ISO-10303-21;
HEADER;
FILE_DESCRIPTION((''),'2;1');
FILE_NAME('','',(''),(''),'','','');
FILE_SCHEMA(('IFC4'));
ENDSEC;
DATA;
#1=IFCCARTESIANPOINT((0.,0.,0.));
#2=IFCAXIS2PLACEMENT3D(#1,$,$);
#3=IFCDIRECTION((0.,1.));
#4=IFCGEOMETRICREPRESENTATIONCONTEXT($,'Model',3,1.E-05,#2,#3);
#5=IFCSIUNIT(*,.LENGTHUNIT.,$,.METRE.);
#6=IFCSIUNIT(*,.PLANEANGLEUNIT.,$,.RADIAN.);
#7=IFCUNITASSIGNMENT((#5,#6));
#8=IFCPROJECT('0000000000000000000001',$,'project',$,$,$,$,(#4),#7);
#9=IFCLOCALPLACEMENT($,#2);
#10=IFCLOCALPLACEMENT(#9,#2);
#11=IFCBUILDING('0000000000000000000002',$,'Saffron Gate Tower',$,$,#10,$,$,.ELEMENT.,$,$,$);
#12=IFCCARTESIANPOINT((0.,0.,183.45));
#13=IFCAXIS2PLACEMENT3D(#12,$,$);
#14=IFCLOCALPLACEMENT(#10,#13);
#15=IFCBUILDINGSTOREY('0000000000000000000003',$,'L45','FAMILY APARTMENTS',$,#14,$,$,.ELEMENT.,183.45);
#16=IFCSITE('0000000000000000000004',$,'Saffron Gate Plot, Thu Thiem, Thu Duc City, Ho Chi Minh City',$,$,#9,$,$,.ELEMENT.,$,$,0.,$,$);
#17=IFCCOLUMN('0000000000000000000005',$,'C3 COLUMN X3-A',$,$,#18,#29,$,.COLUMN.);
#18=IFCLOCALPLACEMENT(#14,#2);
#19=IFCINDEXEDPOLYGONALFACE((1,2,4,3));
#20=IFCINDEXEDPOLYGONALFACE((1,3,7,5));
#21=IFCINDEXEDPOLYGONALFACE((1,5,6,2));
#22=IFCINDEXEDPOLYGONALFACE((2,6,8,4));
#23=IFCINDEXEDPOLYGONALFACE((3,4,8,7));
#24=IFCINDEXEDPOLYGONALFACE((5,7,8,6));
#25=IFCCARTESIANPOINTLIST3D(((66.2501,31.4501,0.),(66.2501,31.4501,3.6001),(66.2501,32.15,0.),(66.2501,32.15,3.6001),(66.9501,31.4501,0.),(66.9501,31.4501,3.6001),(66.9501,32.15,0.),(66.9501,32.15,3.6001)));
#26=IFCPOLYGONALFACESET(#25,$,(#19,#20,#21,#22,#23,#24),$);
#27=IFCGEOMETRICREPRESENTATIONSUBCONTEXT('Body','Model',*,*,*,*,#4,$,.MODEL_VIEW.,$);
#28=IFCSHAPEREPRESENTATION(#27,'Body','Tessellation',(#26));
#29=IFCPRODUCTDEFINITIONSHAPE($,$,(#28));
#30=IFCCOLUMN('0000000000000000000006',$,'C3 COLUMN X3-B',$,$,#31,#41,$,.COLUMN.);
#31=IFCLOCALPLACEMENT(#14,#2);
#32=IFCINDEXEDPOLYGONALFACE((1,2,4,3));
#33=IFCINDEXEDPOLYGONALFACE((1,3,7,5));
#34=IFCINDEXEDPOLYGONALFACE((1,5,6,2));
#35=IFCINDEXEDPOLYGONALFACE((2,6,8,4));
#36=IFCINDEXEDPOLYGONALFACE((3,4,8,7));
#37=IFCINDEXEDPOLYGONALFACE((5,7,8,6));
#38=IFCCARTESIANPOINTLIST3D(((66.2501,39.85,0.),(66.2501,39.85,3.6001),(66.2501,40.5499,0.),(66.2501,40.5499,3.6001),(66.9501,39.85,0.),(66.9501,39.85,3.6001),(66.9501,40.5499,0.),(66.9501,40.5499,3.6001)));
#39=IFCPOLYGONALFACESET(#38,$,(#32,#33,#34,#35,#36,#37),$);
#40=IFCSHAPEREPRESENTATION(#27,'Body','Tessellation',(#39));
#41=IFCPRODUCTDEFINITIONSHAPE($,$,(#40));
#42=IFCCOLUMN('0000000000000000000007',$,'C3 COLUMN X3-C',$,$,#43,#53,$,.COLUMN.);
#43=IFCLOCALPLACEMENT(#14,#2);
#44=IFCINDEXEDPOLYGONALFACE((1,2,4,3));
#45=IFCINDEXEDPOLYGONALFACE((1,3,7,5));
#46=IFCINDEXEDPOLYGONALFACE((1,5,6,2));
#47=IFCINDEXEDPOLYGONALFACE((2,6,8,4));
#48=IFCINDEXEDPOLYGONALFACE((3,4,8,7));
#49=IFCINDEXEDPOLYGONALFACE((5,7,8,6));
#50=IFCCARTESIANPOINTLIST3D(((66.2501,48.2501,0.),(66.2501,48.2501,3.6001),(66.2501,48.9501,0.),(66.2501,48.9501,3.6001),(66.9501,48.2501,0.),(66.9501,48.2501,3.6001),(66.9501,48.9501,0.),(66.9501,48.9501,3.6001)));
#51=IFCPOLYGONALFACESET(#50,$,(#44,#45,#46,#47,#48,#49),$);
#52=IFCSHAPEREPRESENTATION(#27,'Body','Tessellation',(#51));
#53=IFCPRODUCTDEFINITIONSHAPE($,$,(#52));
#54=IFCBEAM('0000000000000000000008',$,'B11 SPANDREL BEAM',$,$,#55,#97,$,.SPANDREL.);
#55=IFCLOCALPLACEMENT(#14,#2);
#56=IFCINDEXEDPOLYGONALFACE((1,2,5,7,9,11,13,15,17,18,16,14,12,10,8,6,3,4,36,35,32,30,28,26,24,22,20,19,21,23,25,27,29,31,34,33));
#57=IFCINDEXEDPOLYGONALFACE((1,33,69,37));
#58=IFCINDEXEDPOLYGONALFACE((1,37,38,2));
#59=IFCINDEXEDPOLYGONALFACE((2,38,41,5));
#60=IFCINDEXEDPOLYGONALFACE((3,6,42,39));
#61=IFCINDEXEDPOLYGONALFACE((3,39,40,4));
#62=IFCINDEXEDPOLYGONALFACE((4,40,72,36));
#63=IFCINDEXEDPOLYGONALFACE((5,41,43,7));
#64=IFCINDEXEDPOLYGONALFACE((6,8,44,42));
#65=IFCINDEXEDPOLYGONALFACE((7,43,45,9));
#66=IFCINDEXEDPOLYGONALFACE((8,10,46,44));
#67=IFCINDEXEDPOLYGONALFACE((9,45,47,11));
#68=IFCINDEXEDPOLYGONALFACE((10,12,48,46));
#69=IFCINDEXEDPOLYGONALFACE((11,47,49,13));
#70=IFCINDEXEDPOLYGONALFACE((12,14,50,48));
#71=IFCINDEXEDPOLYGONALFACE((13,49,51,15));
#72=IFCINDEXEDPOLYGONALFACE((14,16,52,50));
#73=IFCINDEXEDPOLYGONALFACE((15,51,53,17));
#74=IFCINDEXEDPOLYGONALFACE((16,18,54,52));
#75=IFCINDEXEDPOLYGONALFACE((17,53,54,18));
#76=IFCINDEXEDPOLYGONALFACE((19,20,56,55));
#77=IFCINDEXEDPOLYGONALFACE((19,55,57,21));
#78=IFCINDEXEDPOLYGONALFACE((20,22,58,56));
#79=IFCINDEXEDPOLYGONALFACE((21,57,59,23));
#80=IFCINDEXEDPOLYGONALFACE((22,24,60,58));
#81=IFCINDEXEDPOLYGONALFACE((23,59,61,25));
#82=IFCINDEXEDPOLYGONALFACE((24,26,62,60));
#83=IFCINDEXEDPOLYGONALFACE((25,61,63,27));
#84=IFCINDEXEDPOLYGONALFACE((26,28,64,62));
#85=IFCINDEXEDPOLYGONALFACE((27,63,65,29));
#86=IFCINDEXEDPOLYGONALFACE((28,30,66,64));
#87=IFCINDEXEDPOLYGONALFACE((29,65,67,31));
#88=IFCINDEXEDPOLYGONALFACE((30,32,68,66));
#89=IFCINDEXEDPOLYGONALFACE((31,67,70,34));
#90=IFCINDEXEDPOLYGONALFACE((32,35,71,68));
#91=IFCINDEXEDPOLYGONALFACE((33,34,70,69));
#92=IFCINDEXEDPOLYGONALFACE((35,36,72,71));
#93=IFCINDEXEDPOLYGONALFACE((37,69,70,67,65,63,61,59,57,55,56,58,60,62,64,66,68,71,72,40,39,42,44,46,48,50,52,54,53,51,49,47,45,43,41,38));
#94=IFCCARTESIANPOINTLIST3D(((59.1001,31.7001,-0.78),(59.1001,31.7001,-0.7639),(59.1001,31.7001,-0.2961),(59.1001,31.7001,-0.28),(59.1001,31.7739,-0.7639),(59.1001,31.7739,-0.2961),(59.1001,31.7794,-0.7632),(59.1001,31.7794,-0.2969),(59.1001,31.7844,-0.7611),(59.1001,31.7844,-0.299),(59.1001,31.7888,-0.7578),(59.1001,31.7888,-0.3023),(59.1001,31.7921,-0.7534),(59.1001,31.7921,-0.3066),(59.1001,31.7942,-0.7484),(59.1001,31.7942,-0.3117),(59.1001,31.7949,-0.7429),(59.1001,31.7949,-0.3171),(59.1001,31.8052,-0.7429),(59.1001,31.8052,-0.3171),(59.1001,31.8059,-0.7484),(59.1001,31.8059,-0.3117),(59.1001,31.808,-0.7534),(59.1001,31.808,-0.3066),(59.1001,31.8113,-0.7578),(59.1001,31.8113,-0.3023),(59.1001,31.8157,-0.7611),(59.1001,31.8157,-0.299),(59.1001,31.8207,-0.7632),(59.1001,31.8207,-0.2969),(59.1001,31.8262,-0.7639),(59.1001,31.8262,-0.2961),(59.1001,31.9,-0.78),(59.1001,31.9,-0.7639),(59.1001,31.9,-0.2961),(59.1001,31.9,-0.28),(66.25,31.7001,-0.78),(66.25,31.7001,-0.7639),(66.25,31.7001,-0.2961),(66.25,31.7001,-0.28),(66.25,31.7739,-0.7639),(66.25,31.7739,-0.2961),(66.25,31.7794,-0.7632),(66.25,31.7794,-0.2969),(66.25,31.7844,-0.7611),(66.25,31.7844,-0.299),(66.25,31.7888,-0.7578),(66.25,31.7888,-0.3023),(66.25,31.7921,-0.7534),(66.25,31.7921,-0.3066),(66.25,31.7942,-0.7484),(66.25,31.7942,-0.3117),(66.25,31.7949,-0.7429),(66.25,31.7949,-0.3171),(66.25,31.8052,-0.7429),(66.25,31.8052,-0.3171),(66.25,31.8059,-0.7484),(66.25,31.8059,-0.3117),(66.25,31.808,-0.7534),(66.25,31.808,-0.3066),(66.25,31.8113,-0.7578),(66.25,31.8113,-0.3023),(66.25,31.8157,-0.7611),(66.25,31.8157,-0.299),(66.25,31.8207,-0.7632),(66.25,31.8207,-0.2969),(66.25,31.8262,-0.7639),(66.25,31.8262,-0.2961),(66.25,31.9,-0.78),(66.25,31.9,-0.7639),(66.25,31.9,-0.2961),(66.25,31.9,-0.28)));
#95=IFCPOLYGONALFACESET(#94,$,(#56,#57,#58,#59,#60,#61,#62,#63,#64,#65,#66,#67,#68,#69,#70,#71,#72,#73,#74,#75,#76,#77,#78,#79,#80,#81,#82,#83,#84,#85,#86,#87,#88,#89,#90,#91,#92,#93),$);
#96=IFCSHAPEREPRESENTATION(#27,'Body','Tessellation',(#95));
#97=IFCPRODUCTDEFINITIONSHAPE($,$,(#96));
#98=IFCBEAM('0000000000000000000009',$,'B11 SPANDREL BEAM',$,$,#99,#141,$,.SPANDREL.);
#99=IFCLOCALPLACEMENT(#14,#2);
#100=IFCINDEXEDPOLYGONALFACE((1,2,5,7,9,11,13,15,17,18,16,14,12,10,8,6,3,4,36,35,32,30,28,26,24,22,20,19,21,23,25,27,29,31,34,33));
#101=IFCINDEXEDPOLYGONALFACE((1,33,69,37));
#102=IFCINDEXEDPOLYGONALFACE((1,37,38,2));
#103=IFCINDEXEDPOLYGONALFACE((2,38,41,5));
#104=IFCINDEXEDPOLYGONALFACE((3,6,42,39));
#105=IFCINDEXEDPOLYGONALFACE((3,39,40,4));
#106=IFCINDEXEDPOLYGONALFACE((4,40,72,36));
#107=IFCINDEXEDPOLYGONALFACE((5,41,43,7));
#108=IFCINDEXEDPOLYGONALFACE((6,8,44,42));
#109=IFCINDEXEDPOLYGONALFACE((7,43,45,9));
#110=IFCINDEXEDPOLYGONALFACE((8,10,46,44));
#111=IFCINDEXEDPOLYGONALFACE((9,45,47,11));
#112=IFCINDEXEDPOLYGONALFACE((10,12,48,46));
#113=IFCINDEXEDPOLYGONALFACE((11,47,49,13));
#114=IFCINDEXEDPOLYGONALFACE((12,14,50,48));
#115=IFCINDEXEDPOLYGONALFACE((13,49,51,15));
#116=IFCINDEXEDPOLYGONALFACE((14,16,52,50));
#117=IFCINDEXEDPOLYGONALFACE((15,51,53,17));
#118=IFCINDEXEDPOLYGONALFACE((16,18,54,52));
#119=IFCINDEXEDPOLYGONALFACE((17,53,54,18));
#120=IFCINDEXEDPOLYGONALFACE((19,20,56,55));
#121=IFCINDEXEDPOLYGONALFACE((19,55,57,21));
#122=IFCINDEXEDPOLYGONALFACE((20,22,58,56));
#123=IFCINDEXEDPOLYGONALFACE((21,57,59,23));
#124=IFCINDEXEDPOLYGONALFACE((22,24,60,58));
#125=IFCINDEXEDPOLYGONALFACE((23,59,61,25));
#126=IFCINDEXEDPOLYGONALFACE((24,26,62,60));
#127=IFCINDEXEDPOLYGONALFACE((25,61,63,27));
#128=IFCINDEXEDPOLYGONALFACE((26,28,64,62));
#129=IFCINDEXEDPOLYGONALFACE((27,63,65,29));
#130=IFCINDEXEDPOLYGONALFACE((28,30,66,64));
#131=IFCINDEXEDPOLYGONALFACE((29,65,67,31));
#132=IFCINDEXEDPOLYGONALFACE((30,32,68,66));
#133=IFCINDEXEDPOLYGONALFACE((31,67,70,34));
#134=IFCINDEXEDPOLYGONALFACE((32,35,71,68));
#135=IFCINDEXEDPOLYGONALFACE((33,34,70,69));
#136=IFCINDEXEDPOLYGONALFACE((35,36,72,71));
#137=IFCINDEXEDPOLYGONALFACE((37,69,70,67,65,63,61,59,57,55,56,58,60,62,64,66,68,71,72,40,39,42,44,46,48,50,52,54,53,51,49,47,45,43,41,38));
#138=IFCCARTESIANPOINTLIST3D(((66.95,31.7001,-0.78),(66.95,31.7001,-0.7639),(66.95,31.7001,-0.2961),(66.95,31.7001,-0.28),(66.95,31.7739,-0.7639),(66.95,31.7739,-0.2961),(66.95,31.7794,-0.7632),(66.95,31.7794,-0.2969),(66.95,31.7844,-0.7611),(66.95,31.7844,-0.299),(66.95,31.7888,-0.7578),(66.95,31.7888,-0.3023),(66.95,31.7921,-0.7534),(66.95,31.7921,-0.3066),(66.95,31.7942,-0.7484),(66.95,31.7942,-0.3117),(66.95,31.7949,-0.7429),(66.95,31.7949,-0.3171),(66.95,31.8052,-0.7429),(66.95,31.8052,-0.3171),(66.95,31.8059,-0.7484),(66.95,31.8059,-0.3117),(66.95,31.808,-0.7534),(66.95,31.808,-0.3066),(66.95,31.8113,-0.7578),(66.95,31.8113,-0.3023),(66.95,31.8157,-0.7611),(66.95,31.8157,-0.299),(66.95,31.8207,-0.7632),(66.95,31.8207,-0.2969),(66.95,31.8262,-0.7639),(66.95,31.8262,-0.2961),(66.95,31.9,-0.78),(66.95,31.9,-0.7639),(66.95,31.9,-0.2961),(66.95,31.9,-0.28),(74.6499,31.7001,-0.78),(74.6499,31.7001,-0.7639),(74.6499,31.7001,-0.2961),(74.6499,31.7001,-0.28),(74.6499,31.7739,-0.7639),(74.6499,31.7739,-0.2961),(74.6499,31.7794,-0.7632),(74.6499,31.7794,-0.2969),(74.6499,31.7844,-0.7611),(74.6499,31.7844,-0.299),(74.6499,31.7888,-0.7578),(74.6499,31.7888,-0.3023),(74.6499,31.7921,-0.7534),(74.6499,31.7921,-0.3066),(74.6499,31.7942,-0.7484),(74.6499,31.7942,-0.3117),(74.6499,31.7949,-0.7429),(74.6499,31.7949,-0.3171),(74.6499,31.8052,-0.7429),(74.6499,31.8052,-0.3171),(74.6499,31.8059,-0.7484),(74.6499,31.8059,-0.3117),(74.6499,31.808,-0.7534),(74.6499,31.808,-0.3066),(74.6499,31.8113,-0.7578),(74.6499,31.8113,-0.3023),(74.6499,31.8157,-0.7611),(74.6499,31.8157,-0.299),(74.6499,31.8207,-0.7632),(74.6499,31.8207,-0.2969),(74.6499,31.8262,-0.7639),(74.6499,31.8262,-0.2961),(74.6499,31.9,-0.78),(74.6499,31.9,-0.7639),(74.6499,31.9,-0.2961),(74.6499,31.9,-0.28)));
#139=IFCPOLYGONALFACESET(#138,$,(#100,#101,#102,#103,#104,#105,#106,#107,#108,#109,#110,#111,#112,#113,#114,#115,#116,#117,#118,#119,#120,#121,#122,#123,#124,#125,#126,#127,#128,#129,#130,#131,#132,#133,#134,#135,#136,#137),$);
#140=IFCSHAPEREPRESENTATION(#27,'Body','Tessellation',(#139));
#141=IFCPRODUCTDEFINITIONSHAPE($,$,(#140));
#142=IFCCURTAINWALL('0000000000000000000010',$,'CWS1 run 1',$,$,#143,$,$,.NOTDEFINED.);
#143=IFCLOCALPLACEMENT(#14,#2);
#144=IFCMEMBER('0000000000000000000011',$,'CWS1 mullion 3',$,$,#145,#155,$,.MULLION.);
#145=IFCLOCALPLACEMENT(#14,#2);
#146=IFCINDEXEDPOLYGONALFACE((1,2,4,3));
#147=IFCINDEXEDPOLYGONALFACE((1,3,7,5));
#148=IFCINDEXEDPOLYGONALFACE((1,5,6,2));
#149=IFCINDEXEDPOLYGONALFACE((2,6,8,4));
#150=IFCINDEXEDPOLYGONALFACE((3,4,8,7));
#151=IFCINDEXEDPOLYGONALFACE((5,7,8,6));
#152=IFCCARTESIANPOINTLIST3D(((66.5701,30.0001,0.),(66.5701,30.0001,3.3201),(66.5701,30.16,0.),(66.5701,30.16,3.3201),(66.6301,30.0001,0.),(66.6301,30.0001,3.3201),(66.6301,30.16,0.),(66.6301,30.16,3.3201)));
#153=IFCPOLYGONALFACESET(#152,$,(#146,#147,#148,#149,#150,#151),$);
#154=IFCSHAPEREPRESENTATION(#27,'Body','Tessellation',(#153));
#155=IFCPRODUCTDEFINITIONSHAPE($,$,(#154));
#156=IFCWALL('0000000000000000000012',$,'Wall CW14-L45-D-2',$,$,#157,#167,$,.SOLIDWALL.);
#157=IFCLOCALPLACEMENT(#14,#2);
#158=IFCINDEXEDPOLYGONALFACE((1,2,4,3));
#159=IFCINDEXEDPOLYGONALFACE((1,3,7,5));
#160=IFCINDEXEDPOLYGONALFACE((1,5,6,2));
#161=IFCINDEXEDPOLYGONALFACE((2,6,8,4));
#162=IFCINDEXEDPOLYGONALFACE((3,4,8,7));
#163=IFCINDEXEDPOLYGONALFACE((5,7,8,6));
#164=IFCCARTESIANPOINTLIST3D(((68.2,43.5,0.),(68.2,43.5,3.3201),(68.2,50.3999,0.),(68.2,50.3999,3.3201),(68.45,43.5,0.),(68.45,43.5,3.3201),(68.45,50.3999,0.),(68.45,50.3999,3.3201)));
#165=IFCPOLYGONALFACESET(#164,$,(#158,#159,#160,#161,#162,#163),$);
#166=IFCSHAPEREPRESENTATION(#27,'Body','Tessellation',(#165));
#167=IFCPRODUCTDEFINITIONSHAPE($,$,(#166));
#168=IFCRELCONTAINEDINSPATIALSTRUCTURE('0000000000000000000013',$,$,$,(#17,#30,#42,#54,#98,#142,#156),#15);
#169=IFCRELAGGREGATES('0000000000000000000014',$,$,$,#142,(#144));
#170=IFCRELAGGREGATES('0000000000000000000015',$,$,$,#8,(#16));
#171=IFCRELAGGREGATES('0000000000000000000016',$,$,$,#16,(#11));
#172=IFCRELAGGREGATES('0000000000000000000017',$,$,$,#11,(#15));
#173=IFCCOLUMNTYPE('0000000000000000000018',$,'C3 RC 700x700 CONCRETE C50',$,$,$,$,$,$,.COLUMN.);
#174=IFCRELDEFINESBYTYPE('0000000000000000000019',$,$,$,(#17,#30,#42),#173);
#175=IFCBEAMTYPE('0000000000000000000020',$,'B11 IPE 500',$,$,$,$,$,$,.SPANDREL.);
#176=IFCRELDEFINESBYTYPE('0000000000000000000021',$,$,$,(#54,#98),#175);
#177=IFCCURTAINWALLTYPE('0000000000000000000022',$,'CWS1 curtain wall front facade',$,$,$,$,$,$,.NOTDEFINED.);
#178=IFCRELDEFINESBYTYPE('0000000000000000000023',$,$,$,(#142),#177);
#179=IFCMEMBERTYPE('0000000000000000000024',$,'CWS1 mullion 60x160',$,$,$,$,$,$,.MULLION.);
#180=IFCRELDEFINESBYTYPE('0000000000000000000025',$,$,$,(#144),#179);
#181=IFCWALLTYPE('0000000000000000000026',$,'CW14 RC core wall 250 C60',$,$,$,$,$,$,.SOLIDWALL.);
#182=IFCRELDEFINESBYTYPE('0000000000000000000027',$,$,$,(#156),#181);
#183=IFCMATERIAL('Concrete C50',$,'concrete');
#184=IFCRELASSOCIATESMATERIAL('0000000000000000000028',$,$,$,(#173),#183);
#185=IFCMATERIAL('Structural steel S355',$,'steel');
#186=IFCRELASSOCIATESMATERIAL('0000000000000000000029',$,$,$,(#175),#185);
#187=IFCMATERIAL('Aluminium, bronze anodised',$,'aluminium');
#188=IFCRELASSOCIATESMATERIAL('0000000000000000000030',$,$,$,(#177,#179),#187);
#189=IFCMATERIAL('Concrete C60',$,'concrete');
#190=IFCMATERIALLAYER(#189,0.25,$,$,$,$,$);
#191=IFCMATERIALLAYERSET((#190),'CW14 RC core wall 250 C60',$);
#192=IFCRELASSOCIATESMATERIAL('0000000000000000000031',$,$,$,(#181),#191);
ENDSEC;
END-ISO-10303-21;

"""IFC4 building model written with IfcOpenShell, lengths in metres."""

from ifc_helpers import new_model, si_unit, direction, frame, frame_2d, origin, origin_2d, place, context, subcontext, project, spatial, rectangle, i_section, extrude, material, layer, layer_set, material_profile, profile_set, type_object, element, aggregate, save


model = new_model("IFC4")

# Units and contexts
model_context = context("Model", 3, precision=1e-05, world=origin(), true_north=direction((0.0, 1.0)))
body_context = subcontext(model_context, "Body", "Model", "MODEL_VIEW")
ifc_project = project(units=[si_unit("LENGTHUNIT", "METRE"), si_unit("PLANEANGLEUNIT", "RADIAN")], contexts=[model_context])

# Site, building, storey
site_placement = place(None, origin())
site = spatial("IfcSite", under=ifc_project, at=site_placement, Name="Saffron Gate Plot, Thu Thiem, Thu Duc City, Ho Chi Minh City", CompositionType="ELEMENT", RefElevation=0.0)
building_placement = place(site_placement, origin())
building = spatial("IfcBuilding", under=site, at=building_placement, Name="Saffron Gate Tower", CompositionType="ELEMENT")
storey_placement = place(building_placement, frame((0.0, 0.0, 183.45)))
storey = spatial("IfcBuildingStorey", under=building, at=storey_placement, Name="L45", Description="FAMILY APARTMENTS", CompositionType="ELEMENT", Elevation=183.45)

# Columns
ifc_material_1 = material(Name="Concrete C50", Category="concrete")
ifc_material_profile_1 = material_profile(ifc_material_1, rectangle(XDim=0.7, YDim=0.7, at=origin_2d()))
ifc_profile_set_1 = profile_set([ifc_material_profile_1], Name="Concrete C50")
column_type = type_object("IfcColumnType", Name="C3 RC 700x700 CONCRETE C50", PredefinedType="COLUMN", material=ifc_profile_set_1)
for number, where, z_axis, x_axis, name in (
    (1, (66.6001, 31.8, 0.0), (0.0, 0.0, 1.0), (1.0, 0.0, 0.0), "C3 COLUMN X3-A"),
    (2, (66.6001, 40.2, 0.0), (0.0, 0.0, 1.0), (1.0, 0.0, 0.0), "C3 COLUMN X3-B"),
    (3, (66.6001, 48.6001, 0.0), (0.0, 0.0, 1.0), (1.0, 0.0, 0.0), "C3 COLUMN X3-C"),
):
    element("IfcColumn", number, at=place(storey_placement, frame(where, z_axis=z_axis, x_axis=x_axis)), inside=storey, type_object=column_type, Name=name, PredefinedType="COLUMN", context=body_context, shape_type="SweptSolid", body=[
        extrude(rectangle(XDim=0.7, YDim=0.7, at=origin_2d()), origin(), (0.0, 0.0, 1.0), 3.6001),
    ])

# Beams
ifc_material_2 = material(Name="Structural steel S355", Category="steel")
ifc_material_profile_2 = material_profile(ifc_material_2, i_section(OverallWidth=0.2, OverallDepth=0.5, WebThickness=0.0103, FlangeThickness=0.0161, FilletRadius=0.021, at=origin_2d()))
ifc_profile_set_2 = profile_set([ifc_material_profile_2], Name="Structural steel S355")
beam_type = type_object("IfcBeamType", Name="B11 IPE 500", PredefinedType="SPANDREL", material=ifc_profile_set_2)
beam_1_placement = place(storey_placement, frame((59.1001, 31.8, -0.53), z_axis=(1.0, 0.0, 0.0), x_axis=(0.0, 1.0, 0.0)))
element("IfcBeam", 4, at=beam_1_placement, inside=storey, type_object=beam_type, Name="B11 SPANDREL BEAM", PredefinedType="SPANDREL", context=body_context, shape_type="SweptSolid", body=[
    extrude(i_section(OverallWidth=0.2, OverallDepth=0.5, WebThickness=0.0103, FlangeThickness=0.0161, FilletRadius=0.021, at=origin_2d()), origin(), (0.0, 0.0, 1.0), 7.1499),
])
beam_2_placement = place(storey_placement, frame((66.95, 31.8, -0.53), z_axis=(1.0, 0.0, 0.0), x_axis=(0.0, 1.0, 0.0)))
element("IfcBeam", 5, at=beam_2_placement, inside=storey, type_object=beam_type, Name="B11 SPANDREL BEAM", PredefinedType="SPANDREL", context=body_context, shape_type="SweptSolid", body=[
    extrude(i_section(OverallWidth=0.2, OverallDepth=0.5, WebThickness=0.0103, FlangeThickness=0.0161, FilletRadius=0.021, at=origin_2d()), origin(), (0.0, 0.0, 1.0), 7.7),
])

# Curtain wall, member
ifc_material_3 = material(Name="Aluminium, bronze anodised", Category="aluminium")
curtain_wall_type = type_object("IfcCurtainWallType", Name="CWS1 curtain wall front facade", PredefinedType="NOTDEFINED", material=ifc_material_3)
curtain_wall_placement = place(storey_placement, origin())
curtain_wall = element("IfcCurtainWall", 6, at=curtain_wall_placement, inside=storey, type_object=curtain_wall_type, Name="CWS1 run 1", PredefinedType="NOTDEFINED")
ifc_material_profile_3 = material_profile(ifc_material_3, rectangle(XDim=0.1599, YDim=0.0601, at=origin_2d()))
ifc_profile_set_3 = profile_set([ifc_material_profile_3], Name="Aluminium, bronze anodised")
member_type = type_object("IfcMemberType", Name="CWS1 mullion 60x160", PredefinedType="MULLION", material=ifc_profile_set_3)
member_placement = place(storey_placement, frame((66.6001, 30.0801, 0.0), z_axis=(0.0, 0.0, 1.0), x_axis=(0.0, 1.0, 0.0)))
member = element("IfcMember", 7, at=member_placement, type_object=member_type, Name="CWS1 mullion 3", PredefinedType="MULLION", context=body_context, shape_type="SweptSolid", body=[
    extrude(rectangle(XDim=0.1599, YDim=0.0601, at=origin_2d()), origin(), (0.0, 0.0, 1.0), 3.3201),
])
aggregate(curtain_wall, [member])

# Wall
ifc_material_4 = material(Name="Concrete C60", Category="concrete")
ifc_layer_1 = layer(ifc_material_4, 0.25)
ifc_layer_set_1 = layer_set([ifc_layer_1], Name="CW14 RC core wall 250 C60")
wall_type_1 = type_object("IfcWallType", Name="CW14 RC core wall 250 C60", PredefinedType="SOLIDWALL", material=ifc_layer_set_1)
wall_1_placement = place(storey_placement, frame((68.325, 43.5, 0.0), z_axis=(0.0, 0.0, 1.0), x_axis=(0.0, 1.0, 0.0)))
element("IfcWall", 8, at=wall_1_placement, inside=storey, type_object=wall_type_1, Name="Wall CW14-L45-D-2", PredefinedType="SOLIDWALL", context=body_context, shape_type="SweptSolid", body=[
    extrude(rectangle(XDim=6.8999, YDim=0.25, at=frame_2d((3.45, 0.0))), origin(), (0.0, 0.0, 1.0), 3.3201),
])

save(model, "model.ifc")
